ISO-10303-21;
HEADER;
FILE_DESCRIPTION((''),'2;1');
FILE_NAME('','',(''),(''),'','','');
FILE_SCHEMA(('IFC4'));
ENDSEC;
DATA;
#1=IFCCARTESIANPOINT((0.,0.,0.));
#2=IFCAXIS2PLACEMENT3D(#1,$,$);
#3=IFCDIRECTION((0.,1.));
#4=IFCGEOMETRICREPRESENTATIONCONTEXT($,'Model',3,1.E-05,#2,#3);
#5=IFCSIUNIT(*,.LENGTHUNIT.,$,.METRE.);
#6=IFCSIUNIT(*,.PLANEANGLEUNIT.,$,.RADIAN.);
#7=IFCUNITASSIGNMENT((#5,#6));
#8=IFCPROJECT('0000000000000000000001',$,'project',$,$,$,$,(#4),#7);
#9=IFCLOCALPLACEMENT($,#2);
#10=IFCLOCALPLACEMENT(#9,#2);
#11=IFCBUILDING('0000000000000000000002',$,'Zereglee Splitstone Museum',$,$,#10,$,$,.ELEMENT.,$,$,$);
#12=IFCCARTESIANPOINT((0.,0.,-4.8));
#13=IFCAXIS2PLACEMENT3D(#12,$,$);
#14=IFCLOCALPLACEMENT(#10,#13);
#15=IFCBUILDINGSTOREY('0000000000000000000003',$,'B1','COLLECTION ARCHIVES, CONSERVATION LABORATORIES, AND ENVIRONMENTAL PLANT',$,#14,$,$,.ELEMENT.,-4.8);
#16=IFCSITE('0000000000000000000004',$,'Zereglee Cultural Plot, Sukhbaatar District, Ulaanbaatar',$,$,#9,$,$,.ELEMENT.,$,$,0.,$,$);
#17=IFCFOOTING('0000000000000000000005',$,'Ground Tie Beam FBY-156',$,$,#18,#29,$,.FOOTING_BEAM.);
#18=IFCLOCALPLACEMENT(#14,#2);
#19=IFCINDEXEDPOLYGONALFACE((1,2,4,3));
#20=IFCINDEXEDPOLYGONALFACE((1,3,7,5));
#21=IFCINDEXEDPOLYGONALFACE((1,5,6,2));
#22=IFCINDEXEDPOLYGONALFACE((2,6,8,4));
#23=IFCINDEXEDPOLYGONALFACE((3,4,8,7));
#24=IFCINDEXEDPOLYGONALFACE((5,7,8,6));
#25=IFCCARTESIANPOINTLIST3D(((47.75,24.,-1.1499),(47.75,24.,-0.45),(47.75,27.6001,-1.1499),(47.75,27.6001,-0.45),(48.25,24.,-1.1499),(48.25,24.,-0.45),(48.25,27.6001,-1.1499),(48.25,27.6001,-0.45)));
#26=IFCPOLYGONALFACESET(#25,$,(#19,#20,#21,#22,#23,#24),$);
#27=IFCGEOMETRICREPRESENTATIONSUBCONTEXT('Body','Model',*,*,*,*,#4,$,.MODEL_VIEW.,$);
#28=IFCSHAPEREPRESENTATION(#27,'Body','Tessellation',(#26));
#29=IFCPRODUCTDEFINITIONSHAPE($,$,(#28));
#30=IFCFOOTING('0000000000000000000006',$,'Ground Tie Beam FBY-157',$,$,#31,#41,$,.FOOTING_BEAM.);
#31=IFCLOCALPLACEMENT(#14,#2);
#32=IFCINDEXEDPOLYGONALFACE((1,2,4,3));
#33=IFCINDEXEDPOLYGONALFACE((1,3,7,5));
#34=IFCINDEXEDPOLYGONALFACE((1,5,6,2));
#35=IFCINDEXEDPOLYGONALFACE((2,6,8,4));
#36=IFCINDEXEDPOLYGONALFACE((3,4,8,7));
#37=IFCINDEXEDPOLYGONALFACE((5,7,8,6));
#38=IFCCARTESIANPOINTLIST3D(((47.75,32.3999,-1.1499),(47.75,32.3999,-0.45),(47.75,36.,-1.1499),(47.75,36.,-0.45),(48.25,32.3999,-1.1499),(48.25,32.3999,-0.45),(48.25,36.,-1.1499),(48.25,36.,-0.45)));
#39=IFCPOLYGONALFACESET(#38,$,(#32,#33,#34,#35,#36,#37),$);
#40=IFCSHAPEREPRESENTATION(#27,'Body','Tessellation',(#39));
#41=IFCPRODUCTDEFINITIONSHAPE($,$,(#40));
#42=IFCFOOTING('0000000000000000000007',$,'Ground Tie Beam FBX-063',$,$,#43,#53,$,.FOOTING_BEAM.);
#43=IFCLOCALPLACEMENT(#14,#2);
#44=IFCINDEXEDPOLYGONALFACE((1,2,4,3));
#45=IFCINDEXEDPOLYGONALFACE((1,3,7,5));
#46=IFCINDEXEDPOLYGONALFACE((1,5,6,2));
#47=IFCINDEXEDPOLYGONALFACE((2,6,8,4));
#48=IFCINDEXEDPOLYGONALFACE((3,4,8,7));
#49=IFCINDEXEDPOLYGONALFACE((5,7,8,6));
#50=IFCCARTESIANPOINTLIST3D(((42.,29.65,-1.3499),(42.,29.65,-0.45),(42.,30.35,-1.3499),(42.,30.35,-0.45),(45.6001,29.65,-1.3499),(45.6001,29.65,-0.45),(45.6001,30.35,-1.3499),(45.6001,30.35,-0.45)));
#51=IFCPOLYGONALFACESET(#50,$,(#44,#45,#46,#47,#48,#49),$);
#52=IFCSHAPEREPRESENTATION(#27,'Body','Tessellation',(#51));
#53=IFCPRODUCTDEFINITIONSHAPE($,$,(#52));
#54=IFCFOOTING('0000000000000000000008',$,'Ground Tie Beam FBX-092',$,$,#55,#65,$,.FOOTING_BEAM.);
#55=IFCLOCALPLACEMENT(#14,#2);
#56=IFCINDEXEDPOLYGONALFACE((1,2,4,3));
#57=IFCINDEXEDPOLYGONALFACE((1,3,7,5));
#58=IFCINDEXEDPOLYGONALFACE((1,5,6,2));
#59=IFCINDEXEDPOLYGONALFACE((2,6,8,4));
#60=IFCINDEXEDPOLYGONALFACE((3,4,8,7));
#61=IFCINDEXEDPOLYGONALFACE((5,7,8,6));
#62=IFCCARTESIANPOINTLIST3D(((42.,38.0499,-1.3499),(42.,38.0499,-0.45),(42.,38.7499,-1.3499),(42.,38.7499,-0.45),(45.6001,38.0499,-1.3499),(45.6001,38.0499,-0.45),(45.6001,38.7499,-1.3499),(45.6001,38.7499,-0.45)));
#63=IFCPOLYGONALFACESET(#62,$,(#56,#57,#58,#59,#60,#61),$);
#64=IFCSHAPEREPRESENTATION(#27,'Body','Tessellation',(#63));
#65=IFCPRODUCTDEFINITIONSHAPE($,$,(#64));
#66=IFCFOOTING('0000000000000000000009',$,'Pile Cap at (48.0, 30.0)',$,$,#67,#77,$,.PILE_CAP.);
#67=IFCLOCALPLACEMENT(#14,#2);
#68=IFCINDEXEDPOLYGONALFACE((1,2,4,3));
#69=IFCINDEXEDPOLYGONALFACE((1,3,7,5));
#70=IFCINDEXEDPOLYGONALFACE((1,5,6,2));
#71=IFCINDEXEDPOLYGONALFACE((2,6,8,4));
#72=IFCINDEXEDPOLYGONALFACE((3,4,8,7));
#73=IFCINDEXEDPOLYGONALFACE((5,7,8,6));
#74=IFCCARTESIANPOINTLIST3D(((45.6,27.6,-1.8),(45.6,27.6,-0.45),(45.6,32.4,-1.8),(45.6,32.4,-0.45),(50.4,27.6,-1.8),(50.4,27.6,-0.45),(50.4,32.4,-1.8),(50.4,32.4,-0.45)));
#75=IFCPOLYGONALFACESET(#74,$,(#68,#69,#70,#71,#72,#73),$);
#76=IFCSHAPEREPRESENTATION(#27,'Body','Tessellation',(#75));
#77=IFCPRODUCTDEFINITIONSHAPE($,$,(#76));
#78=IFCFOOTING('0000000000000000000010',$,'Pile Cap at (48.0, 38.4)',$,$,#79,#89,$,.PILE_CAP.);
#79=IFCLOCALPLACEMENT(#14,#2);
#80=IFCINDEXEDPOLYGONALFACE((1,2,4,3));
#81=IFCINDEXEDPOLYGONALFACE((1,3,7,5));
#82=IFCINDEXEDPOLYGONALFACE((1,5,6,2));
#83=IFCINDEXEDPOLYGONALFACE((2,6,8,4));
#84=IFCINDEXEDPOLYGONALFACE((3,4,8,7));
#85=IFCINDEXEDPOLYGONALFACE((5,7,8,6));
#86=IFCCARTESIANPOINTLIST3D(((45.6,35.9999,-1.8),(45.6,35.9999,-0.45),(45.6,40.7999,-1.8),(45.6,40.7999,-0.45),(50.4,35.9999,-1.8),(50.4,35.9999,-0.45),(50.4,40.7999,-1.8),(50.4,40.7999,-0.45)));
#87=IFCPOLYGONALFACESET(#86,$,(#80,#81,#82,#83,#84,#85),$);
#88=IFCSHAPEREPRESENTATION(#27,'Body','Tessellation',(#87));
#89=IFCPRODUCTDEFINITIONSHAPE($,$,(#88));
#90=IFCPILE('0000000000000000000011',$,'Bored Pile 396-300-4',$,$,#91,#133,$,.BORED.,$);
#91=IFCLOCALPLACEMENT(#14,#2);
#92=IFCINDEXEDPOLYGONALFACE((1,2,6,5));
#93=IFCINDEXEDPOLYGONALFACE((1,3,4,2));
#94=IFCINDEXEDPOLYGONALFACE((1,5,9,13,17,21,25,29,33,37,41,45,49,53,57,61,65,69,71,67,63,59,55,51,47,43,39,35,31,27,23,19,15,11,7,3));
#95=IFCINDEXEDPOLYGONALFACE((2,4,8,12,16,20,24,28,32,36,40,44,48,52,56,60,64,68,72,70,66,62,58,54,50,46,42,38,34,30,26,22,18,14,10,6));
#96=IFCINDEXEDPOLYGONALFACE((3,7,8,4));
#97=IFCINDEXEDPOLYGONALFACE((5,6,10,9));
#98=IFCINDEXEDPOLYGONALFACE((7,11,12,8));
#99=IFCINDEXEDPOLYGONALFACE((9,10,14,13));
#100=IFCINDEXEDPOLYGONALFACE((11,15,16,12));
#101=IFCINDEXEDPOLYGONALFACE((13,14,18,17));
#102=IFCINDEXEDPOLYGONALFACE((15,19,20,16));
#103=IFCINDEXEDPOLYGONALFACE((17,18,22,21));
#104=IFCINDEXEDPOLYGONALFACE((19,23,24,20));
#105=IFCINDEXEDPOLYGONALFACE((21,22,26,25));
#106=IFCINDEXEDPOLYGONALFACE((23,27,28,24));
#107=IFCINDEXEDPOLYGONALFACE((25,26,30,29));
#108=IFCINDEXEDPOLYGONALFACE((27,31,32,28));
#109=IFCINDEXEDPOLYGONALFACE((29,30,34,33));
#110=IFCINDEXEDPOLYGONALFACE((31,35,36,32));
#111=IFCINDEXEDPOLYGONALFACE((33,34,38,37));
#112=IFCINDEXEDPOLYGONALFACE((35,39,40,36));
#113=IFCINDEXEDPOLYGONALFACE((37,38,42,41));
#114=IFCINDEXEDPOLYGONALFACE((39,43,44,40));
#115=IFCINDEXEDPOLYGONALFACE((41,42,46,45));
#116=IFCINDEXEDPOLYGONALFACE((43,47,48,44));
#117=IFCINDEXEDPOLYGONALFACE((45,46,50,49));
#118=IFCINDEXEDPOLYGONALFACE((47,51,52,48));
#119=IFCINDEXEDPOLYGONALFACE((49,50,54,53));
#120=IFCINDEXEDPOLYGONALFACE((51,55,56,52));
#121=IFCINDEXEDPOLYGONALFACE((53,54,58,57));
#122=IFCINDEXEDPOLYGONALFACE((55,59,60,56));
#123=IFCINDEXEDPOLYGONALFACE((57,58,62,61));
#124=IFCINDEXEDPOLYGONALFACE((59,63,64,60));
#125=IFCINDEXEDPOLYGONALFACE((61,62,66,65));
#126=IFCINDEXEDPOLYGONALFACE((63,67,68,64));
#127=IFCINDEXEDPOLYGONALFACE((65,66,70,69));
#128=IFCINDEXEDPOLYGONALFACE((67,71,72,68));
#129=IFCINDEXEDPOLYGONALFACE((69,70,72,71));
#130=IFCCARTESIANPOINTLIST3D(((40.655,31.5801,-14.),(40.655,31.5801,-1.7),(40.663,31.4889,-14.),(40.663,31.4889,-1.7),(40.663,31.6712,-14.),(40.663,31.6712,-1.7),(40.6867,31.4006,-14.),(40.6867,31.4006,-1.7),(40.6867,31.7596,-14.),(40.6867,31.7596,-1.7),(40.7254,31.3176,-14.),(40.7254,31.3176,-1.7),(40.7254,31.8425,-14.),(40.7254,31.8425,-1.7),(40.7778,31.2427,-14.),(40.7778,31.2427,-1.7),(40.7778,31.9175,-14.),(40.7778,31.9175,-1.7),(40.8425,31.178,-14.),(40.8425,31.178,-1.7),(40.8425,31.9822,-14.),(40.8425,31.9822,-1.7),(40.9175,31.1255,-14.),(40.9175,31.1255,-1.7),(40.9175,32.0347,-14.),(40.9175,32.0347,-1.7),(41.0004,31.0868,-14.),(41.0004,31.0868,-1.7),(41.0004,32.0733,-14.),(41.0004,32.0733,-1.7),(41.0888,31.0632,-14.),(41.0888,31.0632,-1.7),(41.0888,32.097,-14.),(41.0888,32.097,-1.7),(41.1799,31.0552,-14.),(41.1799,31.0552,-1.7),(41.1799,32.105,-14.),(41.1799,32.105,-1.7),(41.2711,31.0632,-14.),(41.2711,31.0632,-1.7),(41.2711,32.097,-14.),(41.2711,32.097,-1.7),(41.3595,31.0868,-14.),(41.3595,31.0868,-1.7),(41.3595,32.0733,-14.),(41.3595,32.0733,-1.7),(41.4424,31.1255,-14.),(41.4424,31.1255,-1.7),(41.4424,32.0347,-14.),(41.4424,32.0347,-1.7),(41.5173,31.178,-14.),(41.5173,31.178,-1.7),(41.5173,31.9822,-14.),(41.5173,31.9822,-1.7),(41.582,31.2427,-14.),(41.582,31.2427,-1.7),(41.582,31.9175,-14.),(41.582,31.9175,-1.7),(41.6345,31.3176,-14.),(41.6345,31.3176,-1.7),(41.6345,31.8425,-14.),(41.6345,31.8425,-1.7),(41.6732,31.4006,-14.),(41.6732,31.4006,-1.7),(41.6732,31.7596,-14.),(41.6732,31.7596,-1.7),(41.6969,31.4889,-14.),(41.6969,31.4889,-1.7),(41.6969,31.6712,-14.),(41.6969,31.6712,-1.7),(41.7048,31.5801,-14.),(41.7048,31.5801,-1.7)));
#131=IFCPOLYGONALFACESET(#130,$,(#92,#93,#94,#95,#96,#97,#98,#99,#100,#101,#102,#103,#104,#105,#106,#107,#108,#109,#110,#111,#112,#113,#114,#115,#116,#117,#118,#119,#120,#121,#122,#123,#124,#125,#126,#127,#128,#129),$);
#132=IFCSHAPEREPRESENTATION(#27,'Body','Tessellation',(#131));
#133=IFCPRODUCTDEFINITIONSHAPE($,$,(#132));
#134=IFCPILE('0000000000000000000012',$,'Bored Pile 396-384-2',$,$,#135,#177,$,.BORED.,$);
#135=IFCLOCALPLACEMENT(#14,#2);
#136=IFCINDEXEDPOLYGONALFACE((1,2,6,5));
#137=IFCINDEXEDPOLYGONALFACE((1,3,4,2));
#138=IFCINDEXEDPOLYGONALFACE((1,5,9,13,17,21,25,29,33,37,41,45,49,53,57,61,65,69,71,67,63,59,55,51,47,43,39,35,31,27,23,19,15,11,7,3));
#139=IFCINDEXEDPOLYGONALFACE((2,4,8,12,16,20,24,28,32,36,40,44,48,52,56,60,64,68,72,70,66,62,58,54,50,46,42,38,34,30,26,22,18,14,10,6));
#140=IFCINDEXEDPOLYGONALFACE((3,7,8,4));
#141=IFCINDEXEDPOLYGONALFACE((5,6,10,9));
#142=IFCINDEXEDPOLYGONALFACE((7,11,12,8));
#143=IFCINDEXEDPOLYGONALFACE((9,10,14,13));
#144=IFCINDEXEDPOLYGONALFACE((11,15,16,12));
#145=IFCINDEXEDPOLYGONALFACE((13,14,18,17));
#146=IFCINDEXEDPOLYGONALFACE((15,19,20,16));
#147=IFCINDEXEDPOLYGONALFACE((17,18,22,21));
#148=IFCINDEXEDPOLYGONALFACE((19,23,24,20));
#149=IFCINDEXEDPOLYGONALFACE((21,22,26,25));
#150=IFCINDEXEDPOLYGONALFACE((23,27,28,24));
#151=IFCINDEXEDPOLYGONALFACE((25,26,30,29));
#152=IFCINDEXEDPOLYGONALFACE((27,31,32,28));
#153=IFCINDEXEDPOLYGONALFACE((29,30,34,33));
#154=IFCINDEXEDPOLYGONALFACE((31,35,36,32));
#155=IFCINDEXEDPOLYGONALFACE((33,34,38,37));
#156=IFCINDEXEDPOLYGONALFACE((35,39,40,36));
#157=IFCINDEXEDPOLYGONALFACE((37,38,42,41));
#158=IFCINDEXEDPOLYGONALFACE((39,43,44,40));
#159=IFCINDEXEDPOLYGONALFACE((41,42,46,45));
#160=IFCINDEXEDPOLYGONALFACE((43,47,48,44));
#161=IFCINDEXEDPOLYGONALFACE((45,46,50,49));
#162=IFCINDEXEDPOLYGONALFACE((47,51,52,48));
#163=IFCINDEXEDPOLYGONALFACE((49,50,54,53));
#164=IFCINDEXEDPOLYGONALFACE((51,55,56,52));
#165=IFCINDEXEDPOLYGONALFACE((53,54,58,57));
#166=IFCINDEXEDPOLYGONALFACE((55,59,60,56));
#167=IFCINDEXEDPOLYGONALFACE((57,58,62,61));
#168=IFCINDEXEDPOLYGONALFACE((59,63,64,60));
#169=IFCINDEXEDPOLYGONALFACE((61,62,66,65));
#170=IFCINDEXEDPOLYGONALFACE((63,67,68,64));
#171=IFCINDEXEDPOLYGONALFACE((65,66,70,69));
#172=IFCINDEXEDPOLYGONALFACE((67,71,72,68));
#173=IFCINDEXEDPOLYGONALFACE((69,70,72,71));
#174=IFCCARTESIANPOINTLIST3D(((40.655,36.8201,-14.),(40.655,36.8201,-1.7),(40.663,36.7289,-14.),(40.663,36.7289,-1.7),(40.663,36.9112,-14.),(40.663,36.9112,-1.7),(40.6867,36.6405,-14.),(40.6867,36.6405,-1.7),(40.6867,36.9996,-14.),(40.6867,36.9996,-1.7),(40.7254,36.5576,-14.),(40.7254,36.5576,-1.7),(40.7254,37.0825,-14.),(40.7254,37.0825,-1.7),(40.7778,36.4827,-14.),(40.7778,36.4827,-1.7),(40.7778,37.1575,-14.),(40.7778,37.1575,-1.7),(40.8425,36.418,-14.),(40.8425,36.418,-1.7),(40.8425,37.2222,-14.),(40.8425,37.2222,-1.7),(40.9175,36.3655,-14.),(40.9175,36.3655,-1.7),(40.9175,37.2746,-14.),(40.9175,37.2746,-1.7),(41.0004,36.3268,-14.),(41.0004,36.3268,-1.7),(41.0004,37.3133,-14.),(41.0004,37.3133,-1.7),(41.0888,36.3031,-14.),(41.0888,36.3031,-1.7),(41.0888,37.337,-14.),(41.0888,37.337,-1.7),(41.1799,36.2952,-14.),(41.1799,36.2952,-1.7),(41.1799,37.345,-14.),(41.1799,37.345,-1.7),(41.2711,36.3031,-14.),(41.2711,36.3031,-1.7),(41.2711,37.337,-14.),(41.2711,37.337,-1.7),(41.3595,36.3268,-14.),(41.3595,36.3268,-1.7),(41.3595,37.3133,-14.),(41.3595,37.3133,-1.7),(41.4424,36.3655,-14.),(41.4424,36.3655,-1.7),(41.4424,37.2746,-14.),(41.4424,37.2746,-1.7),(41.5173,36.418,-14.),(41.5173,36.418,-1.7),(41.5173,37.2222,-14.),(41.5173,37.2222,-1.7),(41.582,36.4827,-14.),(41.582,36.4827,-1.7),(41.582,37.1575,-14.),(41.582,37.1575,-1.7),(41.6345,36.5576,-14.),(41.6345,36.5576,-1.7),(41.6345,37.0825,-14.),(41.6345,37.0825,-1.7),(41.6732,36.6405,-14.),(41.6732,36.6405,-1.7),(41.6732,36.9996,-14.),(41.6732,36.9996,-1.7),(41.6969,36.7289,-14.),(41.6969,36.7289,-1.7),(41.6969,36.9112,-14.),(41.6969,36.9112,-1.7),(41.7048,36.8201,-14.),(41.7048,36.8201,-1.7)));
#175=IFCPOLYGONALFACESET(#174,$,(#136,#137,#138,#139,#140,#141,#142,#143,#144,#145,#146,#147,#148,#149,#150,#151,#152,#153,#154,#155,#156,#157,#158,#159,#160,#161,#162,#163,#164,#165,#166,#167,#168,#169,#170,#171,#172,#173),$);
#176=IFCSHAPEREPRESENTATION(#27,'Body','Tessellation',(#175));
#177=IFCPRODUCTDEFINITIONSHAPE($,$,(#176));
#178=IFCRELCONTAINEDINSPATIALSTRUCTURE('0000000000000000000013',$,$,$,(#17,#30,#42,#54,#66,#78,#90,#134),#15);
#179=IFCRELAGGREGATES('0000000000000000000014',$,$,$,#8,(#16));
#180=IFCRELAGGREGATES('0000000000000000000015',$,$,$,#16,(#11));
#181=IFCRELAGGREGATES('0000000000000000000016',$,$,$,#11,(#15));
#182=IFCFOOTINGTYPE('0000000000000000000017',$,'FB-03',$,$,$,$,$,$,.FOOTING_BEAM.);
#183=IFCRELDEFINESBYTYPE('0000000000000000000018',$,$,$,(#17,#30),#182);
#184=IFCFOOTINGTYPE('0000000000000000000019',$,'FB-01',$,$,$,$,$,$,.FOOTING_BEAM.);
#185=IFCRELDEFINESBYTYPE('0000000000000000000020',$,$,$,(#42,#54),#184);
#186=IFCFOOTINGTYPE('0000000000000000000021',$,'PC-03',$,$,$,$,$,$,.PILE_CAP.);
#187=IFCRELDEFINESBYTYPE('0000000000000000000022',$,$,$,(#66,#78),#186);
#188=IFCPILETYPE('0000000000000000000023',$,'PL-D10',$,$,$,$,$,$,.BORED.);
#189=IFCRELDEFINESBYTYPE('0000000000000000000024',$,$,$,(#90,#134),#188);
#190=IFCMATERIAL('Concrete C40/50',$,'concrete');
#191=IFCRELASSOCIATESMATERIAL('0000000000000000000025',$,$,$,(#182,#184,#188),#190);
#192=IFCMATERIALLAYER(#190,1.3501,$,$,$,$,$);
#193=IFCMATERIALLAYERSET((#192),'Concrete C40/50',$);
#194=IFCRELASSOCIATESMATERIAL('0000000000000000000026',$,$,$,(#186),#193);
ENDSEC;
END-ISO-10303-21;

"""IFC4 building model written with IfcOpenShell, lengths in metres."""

from ifc_helpers import new_model, si_unit, direction, frame, origin, origin_2d, place, context, subcontext, project, spatial, rectangle, circle, extrude, material, layer, layer_set, material_profile, profile_set, type_object, element, save


model = new_model("IFC4")

# Units and contexts
model_context = context("Model", 3, precision=1e-05, world=origin(), true_north=direction((0.0, 1.0)))
body_context = subcontext(model_context, "Body", "Model", "MODEL_VIEW")
ifc_project = project(units=[si_unit("LENGTHUNIT", "METRE"), si_unit("PLANEANGLEUNIT", "RADIAN")], contexts=[model_context])

# Site, building, storey
site_placement = place(None, origin())
site = spatial("IfcSite", under=ifc_project, at=site_placement, Name="Zereglee Cultural Plot, Sukhbaatar District, Ulaanbaatar", CompositionType="ELEMENT", RefElevation=0.0)
building_placement = place(site_placement, origin())
building = spatial("IfcBuilding", under=site, at=building_placement, Name="Zereglee Splitstone Museum", CompositionType="ELEMENT")
storey_placement = place(building_placement, frame((0.0, 0.0, -4.8)))
storey = spatial("IfcBuildingStorey", under=building, at=storey_placement, Name="B1", Description="COLLECTION ARCHIVES, CONSERVATION LABORATORIES, AND ENVIRONMENTAL PLANT", CompositionType="ELEMENT", Elevation=-4.8)

# Footings
ifc_material_1 = material(Name="Concrete C40/50", Category="concrete")
footing_type_1 = type_object("IfcFootingType", Name="FB-03", PredefinedType="FOOTING_BEAM", material=ifc_material_1)
for number, where, z_axis, x_axis, name in (
    (1, (48.0, 25.8, -1.1499), (0.0, 0.0, 1.0), (0.0, 1.0, 0.0), "Ground Tie Beam FBY-156"),
    (2, (48.0, 34.2, -1.1499), (0.0, 0.0, 1.0), (0.0, 1.0, 0.0), "Ground Tie Beam FBY-157"),
):
    element("IfcFooting", number, at=place(storey_placement, frame(where, z_axis=z_axis, x_axis=x_axis)), inside=storey, type_object=footing_type_1, Name=name, PredefinedType="FOOTING_BEAM", context=body_context, shape_type="SweptSolid", body=[
        extrude(rectangle(XDim=3.6001, YDim=0.5, at=origin_2d()), origin(), (0.0, 0.0, 1.0), 0.7),
    ])
footing_type_2 = type_object("IfcFootingType", Name="FB-01", PredefinedType="FOOTING_BEAM", material=ifc_material_1)
for number, where, z_axis, x_axis, name in (
    (3, (43.8, 30.0, -1.3499), (0.0, 0.0, 1.0), (1.0, 0.0, 0.0), "Ground Tie Beam FBX-063"),
    (4, (43.8, 38.3999, -1.3499), (0.0, 0.0, 1.0), (1.0, 0.0, 0.0), "Ground Tie Beam FBX-092"),
):
    element("IfcFooting", number, at=place(storey_placement, frame(where, z_axis=z_axis, x_axis=x_axis)), inside=storey, type_object=footing_type_2, Name=name, PredefinedType="FOOTING_BEAM", context=body_context, shape_type="SweptSolid", body=[
        extrude(rectangle(XDim=3.6001, YDim=0.7, at=origin_2d()), origin(), (0.0, 0.0, 1.0), 0.8999),
    ])
ifc_layer_1 = layer(ifc_material_1, 1.3501)
ifc_layer_set_1 = layer_set([ifc_layer_1], Name="Concrete C40/50")
footing_type_3 = type_object("IfcFootingType", Name="PC-03", PredefinedType="PILE_CAP", material=ifc_layer_set_1)
for number, where, z_axis, x_axis, name in (
    (5, (48.0, 30.0, -1.8), (0.0, 0.0, 1.0), (1.0, 0.0, 0.0), "Pile Cap at (48.0, 30.0)"),
    (6, (48.0, 38.3999, -1.8), (0.0, 0.0, 1.0), (1.0, 0.0, 0.0), "Pile Cap at (48.0, 38.4)"),
):
    element("IfcFooting", number, at=place(storey_placement, frame(where, z_axis=z_axis, x_axis=x_axis)), inside=storey, type_object=footing_type_3, Name=name, PredefinedType="PILE_CAP", context=body_context, shape_type="SweptSolid", body=[
        extrude(rectangle(XDim=4.8, YDim=4.8, at=origin_2d()), origin(), (0.0, 0.0, 1.0), 1.3501),
    ])

# Piles
ifc_material_profile_1 = material_profile(ifc_material_1, circle(Radius=0.5249, at=origin_2d()), Name="PILE D1050")
ifc_profile_set_1 = profile_set([ifc_material_profile_1], Name="Concrete C40/50")
pile_type = type_object("IfcPileType", Name="PL-D10", PredefinedType="BORED", material=ifc_profile_set_1)
for number, where, z_axis, x_axis, name in (
    (7, (41.1799, 31.5801, -1.7), (0.0, 0.0, -1.0), (1.0, 0.0, 0.0), "Bored Pile 396-300-4"),
    (8, (41.1799, 36.8201, -1.7), (0.0, 0.0, -1.0), (1.0, 0.0, 0.0), "Bored Pile 396-384-2"),
):
    element("IfcPile", number, at=place(storey_placement, frame(where, z_axis=z_axis, x_axis=x_axis)), inside=storey, type_object=pile_type, Name=name, PredefinedType="BORED", context=body_context, shape_type="SweptSolid", body=[
        extrude(circle(Radius=0.5249, at=origin_2d()), origin(), (0.0, 0.0, 1.0), 12.3),
    ])

save(model, "model.ifc")
